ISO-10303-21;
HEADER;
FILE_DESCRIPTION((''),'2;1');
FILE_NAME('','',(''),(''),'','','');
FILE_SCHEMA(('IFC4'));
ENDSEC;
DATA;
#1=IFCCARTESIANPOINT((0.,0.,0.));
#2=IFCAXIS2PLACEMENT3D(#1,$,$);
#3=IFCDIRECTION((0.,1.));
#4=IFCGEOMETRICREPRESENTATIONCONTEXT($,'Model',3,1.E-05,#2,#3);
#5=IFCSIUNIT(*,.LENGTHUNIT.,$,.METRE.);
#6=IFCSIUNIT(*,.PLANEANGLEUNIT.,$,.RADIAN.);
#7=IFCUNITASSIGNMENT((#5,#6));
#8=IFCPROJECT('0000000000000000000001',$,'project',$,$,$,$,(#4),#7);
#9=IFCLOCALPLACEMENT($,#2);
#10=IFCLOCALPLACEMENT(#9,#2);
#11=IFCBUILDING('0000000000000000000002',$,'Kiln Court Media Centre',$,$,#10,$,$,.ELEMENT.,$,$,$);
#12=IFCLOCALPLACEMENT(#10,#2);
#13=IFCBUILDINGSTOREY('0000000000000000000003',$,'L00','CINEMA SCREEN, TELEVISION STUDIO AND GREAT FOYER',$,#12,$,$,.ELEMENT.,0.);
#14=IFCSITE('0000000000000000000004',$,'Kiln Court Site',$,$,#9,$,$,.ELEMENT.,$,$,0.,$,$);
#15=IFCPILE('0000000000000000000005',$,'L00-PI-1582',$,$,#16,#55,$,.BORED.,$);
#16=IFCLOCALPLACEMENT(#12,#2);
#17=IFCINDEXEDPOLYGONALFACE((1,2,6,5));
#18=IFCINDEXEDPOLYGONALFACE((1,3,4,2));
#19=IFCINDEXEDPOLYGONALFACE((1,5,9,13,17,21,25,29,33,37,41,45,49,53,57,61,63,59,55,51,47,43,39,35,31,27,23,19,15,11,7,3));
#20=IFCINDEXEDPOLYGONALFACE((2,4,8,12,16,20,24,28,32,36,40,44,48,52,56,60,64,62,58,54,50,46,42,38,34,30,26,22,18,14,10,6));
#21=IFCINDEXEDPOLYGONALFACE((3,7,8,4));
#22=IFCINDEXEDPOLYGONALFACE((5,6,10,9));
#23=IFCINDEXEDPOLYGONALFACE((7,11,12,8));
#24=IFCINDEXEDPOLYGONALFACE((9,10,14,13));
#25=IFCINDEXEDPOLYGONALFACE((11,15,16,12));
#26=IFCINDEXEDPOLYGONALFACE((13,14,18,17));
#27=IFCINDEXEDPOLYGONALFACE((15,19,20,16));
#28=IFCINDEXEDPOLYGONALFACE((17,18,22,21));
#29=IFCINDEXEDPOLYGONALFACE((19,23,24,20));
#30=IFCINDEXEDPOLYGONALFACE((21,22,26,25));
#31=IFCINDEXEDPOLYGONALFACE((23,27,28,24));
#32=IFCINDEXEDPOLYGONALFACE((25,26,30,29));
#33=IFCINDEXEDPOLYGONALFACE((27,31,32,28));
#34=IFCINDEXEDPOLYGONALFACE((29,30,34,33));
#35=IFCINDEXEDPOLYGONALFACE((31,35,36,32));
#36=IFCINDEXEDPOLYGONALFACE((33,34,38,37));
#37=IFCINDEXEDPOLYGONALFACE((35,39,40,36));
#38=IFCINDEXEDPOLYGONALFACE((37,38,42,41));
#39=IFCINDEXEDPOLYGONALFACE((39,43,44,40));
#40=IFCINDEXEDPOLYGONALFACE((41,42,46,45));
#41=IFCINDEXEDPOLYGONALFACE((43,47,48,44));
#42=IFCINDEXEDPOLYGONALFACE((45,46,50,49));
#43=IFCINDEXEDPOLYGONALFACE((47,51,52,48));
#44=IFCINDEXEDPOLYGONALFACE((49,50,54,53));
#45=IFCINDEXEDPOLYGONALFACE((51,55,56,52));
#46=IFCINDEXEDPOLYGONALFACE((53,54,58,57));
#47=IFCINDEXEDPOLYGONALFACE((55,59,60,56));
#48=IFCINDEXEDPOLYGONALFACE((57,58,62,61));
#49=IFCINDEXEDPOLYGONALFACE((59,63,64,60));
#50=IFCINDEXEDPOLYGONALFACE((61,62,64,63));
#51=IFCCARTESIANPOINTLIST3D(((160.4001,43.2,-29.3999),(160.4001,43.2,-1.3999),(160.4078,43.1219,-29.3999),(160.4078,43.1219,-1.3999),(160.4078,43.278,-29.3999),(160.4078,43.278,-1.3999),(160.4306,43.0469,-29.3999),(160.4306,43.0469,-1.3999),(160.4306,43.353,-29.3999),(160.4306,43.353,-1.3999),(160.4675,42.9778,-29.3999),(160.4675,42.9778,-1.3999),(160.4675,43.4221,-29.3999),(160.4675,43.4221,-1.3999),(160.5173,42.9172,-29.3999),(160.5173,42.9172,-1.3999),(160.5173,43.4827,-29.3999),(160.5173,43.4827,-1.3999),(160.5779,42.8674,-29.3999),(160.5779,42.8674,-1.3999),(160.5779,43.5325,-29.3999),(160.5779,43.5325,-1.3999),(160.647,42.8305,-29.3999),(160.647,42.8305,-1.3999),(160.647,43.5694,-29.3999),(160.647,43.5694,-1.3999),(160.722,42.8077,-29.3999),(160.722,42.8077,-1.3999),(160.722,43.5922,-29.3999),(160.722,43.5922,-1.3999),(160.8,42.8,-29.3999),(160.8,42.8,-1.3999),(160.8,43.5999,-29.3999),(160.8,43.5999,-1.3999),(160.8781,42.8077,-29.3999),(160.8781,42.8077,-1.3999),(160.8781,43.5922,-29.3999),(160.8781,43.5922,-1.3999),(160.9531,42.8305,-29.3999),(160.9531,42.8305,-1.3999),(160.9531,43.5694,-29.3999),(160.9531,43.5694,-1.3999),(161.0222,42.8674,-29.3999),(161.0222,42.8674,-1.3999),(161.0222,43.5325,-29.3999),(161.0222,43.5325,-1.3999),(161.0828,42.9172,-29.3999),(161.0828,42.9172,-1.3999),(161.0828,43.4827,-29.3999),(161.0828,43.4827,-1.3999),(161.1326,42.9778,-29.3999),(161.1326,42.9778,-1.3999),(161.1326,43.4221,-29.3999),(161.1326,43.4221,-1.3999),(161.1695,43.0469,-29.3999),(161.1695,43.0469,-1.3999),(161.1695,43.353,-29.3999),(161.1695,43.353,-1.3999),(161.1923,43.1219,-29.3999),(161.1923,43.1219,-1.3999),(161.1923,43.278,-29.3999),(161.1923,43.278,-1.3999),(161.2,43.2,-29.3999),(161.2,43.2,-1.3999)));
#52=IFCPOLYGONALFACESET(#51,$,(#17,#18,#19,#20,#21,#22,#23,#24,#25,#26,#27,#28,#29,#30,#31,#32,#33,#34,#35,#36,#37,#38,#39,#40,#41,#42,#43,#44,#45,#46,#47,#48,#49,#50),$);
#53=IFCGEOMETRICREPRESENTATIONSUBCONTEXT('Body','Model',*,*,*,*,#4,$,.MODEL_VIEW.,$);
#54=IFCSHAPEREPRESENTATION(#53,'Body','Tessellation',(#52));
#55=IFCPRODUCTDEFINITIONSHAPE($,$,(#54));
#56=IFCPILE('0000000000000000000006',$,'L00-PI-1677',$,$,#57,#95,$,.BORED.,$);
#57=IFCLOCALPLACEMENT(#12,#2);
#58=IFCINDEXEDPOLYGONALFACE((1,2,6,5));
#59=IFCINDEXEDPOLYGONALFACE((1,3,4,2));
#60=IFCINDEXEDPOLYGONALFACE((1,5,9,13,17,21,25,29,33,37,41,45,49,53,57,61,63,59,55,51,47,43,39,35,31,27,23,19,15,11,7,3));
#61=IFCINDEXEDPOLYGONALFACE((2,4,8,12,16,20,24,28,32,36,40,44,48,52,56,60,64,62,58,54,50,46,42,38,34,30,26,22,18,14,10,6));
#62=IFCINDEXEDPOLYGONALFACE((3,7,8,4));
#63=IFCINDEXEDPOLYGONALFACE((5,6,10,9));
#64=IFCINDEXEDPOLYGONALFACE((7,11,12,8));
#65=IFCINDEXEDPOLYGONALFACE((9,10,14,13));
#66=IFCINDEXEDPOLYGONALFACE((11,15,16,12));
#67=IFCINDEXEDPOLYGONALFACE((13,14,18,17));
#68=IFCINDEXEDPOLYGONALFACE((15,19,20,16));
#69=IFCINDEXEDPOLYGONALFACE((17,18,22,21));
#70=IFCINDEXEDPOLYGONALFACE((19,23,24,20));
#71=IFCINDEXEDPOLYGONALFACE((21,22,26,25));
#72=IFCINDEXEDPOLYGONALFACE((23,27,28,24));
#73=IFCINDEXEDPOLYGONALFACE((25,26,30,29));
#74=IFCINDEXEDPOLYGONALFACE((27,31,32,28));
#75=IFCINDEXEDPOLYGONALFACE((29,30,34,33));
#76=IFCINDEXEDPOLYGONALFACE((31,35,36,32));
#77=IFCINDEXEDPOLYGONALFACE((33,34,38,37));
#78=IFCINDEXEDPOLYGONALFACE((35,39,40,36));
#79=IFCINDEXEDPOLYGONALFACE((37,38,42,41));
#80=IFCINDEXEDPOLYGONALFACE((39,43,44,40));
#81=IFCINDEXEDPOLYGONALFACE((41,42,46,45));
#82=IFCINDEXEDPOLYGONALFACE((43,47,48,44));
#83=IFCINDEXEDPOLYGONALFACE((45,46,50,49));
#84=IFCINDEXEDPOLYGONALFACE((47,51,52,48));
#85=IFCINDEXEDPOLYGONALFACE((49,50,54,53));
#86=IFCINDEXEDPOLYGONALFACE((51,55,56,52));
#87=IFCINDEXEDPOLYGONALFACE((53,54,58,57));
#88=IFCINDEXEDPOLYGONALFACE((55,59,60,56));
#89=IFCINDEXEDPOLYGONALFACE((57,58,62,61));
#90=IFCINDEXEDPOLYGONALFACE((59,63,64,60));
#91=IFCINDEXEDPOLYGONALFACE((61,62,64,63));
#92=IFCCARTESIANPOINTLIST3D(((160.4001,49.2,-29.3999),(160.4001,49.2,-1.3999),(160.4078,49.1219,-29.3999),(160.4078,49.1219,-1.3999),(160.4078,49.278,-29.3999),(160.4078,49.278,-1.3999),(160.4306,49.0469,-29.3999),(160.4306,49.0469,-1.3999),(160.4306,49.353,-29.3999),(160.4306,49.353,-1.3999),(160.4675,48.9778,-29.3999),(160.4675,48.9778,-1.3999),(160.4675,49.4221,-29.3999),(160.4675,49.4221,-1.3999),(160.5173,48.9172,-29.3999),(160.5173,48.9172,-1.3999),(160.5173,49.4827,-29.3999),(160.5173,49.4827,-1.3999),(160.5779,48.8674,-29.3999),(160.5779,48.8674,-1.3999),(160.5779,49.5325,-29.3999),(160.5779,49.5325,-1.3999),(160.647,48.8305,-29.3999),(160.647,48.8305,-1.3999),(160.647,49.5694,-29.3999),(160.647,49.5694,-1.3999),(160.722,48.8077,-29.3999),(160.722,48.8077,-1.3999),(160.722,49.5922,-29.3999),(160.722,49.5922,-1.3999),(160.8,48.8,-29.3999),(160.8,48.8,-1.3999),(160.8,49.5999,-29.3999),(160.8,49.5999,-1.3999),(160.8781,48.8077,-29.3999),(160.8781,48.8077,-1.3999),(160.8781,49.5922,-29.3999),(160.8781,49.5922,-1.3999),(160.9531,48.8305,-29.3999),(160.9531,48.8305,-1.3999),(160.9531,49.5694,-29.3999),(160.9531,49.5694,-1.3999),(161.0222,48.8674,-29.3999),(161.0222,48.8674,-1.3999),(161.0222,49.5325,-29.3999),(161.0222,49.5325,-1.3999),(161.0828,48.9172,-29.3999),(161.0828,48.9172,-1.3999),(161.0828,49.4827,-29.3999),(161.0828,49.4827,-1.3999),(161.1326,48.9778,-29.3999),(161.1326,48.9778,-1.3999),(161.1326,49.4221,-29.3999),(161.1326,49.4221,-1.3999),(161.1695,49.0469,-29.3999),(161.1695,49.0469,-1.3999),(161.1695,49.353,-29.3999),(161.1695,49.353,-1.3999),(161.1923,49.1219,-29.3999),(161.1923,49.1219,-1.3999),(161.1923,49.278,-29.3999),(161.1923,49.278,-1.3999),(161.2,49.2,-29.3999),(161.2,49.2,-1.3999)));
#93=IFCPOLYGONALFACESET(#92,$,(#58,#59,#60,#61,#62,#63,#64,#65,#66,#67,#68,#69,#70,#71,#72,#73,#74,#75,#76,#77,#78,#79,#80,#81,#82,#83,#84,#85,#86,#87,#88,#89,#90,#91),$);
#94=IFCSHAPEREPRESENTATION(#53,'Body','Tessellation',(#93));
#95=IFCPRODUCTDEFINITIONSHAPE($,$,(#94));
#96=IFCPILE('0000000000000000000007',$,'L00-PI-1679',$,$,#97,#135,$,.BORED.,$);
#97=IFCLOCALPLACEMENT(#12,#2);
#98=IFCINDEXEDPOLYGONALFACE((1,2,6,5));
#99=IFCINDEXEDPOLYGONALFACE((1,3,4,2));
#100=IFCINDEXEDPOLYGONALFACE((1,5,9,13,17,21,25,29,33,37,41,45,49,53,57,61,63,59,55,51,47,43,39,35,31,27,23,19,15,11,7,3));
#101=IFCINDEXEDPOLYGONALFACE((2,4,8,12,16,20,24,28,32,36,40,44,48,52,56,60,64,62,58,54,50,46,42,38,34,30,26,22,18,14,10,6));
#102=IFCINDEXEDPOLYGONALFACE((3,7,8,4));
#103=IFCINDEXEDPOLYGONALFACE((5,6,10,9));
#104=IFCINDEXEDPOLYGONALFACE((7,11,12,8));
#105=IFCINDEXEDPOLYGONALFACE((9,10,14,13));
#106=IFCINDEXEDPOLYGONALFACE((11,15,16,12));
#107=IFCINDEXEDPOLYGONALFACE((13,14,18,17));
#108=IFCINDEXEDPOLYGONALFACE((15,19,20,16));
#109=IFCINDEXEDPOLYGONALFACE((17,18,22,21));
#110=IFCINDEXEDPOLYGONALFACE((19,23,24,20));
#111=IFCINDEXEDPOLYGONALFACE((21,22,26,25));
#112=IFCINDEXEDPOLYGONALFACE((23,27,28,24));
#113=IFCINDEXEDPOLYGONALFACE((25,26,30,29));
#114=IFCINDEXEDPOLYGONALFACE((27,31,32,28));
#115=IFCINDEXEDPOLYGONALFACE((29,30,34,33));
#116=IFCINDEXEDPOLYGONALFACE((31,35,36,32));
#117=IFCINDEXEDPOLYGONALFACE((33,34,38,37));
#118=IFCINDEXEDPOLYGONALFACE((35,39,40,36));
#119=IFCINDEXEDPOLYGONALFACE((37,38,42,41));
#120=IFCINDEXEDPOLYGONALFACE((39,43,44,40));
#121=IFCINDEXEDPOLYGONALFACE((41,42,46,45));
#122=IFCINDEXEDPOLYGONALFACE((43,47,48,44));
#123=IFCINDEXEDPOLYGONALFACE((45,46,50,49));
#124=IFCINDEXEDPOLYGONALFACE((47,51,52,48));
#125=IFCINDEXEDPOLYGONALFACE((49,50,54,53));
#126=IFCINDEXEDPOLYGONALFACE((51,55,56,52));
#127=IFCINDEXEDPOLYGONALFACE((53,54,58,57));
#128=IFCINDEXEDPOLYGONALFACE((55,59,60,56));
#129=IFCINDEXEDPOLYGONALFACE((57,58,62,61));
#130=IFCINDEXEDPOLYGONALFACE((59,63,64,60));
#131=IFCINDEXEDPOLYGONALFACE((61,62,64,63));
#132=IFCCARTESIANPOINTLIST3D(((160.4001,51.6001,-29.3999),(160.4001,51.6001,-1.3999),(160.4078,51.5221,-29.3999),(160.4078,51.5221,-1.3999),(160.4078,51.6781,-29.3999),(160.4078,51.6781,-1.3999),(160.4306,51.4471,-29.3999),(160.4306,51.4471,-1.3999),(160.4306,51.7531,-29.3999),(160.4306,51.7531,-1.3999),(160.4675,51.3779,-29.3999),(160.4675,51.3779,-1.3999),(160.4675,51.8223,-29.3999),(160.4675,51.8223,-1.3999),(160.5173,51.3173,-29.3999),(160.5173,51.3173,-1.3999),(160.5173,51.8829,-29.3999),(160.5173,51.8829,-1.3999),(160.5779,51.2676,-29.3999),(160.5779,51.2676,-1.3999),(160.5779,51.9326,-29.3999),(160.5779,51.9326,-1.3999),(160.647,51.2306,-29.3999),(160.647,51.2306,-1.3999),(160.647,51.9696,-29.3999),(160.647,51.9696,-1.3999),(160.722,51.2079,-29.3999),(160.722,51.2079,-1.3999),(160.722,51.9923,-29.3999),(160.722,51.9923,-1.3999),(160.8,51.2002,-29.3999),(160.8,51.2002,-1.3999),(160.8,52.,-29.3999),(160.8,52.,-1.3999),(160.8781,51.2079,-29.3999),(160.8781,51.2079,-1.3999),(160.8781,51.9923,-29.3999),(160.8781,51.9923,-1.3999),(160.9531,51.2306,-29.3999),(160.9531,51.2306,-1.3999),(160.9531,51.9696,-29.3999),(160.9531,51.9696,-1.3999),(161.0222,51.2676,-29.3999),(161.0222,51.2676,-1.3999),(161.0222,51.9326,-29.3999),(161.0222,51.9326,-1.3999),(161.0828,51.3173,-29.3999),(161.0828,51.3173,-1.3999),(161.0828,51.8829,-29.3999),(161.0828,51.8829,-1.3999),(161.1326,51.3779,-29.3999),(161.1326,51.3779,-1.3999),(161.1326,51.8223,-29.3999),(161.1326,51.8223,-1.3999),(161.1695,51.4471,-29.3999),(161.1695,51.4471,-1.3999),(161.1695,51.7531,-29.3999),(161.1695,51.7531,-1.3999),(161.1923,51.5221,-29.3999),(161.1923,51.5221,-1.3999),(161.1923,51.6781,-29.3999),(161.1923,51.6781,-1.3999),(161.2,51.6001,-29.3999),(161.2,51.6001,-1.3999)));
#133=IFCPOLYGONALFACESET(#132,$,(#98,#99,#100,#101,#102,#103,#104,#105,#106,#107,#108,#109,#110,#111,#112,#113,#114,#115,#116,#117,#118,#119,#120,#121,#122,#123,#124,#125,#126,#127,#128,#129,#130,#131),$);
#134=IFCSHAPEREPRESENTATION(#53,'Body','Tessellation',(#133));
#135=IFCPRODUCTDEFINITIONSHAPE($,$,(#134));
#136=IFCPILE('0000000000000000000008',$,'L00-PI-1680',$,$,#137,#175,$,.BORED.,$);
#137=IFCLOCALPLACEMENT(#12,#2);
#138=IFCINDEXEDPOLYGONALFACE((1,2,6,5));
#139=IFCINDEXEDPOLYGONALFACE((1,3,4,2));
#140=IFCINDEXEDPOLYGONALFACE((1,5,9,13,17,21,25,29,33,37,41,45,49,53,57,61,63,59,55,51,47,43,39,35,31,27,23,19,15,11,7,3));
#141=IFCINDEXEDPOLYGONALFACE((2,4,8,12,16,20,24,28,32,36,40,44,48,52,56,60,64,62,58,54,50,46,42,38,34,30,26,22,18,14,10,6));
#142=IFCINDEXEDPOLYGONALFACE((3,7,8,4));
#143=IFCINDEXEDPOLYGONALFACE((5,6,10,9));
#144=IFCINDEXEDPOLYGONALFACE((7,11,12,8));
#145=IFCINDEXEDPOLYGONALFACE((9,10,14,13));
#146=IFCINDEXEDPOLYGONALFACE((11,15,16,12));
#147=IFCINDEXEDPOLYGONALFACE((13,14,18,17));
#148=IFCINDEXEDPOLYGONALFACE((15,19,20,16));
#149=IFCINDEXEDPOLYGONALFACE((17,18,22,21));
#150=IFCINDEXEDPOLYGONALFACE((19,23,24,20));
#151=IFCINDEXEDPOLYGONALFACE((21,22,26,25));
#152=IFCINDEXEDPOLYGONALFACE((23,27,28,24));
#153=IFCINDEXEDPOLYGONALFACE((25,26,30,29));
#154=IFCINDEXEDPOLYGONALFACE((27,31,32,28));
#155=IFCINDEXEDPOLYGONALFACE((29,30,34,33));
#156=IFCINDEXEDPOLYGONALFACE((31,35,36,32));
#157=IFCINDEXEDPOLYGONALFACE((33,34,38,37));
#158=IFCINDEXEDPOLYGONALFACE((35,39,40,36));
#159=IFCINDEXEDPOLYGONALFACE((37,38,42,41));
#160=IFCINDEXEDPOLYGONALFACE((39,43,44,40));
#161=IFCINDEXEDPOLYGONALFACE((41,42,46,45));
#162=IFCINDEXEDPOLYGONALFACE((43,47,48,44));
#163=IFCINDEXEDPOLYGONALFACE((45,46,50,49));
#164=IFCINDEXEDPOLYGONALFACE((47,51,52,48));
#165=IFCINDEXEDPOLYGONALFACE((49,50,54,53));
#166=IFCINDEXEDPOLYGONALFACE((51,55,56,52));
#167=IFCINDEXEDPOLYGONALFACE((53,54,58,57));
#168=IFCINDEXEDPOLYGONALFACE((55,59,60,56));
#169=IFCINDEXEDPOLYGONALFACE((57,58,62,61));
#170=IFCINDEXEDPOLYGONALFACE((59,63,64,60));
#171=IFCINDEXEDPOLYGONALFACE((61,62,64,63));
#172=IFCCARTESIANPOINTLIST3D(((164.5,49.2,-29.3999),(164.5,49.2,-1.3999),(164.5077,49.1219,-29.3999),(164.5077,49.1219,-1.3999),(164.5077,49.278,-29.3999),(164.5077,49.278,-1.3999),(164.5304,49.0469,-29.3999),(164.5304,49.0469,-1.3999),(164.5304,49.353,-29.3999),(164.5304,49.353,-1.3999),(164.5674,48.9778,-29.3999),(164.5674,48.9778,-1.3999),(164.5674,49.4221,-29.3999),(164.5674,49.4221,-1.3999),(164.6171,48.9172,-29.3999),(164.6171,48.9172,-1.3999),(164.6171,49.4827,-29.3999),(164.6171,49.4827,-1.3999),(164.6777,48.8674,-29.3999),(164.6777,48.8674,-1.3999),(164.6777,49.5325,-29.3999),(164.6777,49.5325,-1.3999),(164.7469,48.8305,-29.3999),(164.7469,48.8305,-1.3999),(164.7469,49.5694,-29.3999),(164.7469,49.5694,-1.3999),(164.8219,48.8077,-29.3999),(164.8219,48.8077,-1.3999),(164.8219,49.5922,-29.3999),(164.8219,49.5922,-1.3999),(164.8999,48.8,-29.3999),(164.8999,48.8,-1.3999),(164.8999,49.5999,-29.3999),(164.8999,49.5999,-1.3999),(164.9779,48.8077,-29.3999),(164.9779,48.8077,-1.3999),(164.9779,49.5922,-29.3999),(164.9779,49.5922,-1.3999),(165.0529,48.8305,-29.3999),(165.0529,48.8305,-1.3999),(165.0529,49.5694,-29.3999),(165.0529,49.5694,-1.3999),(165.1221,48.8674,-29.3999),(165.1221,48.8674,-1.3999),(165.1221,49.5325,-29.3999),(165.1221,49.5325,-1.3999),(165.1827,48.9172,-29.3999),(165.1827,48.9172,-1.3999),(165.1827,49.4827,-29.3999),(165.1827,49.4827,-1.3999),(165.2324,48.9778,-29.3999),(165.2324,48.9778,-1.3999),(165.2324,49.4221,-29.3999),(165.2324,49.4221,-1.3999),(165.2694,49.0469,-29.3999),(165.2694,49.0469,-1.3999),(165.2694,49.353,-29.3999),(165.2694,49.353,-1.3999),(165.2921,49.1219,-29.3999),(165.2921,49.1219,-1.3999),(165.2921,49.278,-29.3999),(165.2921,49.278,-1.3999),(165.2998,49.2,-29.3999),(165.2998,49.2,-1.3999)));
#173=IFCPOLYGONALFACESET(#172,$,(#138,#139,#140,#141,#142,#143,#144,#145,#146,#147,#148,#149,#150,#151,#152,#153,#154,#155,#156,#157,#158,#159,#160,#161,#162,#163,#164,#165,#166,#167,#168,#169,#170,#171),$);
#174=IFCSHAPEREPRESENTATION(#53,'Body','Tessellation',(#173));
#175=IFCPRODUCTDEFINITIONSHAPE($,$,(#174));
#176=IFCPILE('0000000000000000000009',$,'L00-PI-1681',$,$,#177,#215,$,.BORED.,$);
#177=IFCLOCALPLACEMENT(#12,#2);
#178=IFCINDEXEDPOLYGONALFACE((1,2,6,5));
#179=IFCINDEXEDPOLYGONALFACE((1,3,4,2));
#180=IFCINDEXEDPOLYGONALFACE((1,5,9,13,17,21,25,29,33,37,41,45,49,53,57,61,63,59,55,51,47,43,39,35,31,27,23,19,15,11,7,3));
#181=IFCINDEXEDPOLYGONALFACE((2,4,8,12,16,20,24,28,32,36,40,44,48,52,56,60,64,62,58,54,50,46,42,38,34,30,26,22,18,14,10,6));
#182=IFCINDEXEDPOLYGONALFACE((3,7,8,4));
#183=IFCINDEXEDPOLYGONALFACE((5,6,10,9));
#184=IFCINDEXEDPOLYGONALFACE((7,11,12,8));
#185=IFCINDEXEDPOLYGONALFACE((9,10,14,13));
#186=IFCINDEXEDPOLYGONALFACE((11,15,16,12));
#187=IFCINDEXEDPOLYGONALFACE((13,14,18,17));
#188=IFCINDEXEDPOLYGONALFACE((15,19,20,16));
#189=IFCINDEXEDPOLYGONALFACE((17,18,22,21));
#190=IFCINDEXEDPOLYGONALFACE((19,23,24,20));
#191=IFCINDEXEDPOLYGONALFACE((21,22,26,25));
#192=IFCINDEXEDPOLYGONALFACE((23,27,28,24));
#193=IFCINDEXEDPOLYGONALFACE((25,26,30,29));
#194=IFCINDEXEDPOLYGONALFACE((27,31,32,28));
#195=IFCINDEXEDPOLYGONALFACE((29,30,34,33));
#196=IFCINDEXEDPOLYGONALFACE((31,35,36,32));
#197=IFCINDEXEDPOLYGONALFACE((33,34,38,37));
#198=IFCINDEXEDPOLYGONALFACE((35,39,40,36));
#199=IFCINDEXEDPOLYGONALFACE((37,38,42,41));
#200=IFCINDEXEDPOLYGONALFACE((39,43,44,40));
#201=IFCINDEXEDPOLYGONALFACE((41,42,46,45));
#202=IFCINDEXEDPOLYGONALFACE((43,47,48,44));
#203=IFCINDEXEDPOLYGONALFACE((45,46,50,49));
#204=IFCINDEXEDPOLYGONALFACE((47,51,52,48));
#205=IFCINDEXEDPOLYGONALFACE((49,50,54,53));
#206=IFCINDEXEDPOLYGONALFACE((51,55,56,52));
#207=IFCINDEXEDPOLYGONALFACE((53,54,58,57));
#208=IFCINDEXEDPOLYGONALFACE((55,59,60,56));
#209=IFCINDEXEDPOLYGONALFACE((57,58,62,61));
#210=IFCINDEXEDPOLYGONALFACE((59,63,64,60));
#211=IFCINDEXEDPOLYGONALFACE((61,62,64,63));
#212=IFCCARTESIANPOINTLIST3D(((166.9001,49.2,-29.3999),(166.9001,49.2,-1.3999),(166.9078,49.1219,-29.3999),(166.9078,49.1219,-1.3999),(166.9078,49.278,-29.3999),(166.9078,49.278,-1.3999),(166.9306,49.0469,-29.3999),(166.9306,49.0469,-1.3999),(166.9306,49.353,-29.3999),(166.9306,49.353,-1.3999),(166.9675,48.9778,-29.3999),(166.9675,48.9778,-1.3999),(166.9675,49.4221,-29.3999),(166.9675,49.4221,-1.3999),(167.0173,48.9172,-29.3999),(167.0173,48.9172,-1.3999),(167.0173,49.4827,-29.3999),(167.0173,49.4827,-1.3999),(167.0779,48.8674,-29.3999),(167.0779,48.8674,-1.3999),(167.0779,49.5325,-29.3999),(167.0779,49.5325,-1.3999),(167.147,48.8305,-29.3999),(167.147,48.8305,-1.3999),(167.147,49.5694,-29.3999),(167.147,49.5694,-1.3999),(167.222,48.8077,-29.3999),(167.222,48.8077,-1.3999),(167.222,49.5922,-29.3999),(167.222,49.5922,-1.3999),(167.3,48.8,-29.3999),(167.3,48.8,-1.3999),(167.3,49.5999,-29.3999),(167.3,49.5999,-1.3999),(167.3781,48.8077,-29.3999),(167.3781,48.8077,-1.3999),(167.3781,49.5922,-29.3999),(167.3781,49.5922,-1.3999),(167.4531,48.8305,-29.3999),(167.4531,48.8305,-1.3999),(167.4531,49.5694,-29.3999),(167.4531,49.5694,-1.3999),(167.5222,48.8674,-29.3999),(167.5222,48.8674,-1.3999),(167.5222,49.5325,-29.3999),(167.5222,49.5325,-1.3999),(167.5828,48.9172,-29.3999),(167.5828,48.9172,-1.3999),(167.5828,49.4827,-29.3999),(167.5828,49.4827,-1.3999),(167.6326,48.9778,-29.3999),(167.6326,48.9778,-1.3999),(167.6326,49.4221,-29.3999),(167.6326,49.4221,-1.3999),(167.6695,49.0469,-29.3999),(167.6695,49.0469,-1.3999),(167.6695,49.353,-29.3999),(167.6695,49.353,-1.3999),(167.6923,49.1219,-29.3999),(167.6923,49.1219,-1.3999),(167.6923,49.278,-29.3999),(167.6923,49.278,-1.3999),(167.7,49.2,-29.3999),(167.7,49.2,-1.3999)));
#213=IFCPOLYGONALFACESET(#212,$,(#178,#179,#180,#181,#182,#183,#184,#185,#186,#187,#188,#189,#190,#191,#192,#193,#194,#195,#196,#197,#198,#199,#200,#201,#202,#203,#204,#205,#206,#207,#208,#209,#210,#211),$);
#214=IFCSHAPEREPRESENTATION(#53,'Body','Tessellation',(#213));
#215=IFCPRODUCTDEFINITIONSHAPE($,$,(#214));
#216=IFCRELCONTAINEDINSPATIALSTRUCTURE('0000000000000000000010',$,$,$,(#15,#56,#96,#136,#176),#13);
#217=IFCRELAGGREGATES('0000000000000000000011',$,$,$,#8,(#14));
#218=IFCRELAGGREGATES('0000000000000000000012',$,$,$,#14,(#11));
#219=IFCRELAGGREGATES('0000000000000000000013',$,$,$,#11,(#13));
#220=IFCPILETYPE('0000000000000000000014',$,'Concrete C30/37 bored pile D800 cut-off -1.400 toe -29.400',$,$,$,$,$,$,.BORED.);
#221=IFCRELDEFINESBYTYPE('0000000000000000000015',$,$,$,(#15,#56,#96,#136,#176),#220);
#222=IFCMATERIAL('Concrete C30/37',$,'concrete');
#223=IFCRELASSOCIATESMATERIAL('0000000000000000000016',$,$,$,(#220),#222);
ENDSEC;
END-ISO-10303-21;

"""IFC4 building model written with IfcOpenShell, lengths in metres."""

from ifc_helpers import new_model, si_unit, direction, frame, origin, origin_2d, place, context, subcontext, project, spatial, circle, extrude, material, material_profile, profile_set, type_object, element, save


model = new_model("IFC4")

# Units and contexts
model_context = context("Model", 3, precision=1e-05, world=origin(), true_north=direction((0.0, 1.0)))
body_context = subcontext(model_context, "Body", "Model", "MODEL_VIEW")
ifc_project = project(units=[si_unit("LENGTHUNIT", "METRE"), si_unit("PLANEANGLEUNIT", "RADIAN")], contexts=[model_context])

# Site, building, storey
site_placement = place(None, origin())
site = spatial("IfcSite", under=ifc_project, at=site_placement, Name="Kiln Court Site", CompositionType="ELEMENT", RefElevation=0.0)
building_placement = place(site_placement, origin())
building = spatial("IfcBuilding", under=site, at=building_placement, Name="Kiln Court Media Centre", CompositionType="ELEMENT")
storey_placement = place(building_placement, origin())
storey = spatial("IfcBuildingStorey", under=building, at=storey_placement, Name="L00", Description="CINEMA SCREEN, TELEVISION STUDIO AND GREAT FOYER", CompositionType="ELEMENT", Elevation=0.0)

# Piles
ifc_material_1 = material(Name="Concrete C30/37", Category="concrete")
ifc_material_profile_1 = material_profile(ifc_material_1, circle(Radius=0.3999, at=origin_2d()), Name="PILE D800")
ifc_profile_set_1 = profile_set([ifc_material_profile_1], Name="Concrete C30/37")
pile_type_1 = type_object("IfcPileType", Name="Concrete C30/37 bored pile D800 cut-off -1.400 toe -29.400", PredefinedType="BORED", material=ifc_profile_set_1)
for number, where, z_axis, x_axis, name in (
    (1, (160.8, 43.2, -1.3999), (0.0, 0.0, -1.0), (1.0, 0.0, 0.0), "L00-PI-1582"),
    (2, (160.8, 49.2, -1.3999), (0.0, 0.0, -1.0), (1.0, 0.0, 0.0), "L00-PI-1677"),
    (3, (160.8, 51.6001, -1.3999), (0.0, 0.0, -1.0), (1.0, 0.0, 0.0), "L00-PI-1679"),
    (4, (164.8999, 49.2, -1.3999), (0.0, 0.0, -1.0), (1.0, 0.0, 0.0), "L00-PI-1680"),
    (5, (167.3, 49.2, -1.3999), (0.0, 0.0, -1.0), (1.0, 0.0, 0.0), "L00-PI-1681"),
):
    element("IfcPile", number, at=place(storey_placement, frame(where, z_axis=z_axis, x_axis=x_axis)), inside=storey, type_object=pile_type_1, Name=name, PredefinedType="BORED", context=body_context, shape_type="SweptSolid", body=[
        extrude(circle(Radius=0.3999, at=origin_2d()), origin(), (0.0, 0.0, 1.0), 28.0),
    ])

save(model, "model.ifc")
